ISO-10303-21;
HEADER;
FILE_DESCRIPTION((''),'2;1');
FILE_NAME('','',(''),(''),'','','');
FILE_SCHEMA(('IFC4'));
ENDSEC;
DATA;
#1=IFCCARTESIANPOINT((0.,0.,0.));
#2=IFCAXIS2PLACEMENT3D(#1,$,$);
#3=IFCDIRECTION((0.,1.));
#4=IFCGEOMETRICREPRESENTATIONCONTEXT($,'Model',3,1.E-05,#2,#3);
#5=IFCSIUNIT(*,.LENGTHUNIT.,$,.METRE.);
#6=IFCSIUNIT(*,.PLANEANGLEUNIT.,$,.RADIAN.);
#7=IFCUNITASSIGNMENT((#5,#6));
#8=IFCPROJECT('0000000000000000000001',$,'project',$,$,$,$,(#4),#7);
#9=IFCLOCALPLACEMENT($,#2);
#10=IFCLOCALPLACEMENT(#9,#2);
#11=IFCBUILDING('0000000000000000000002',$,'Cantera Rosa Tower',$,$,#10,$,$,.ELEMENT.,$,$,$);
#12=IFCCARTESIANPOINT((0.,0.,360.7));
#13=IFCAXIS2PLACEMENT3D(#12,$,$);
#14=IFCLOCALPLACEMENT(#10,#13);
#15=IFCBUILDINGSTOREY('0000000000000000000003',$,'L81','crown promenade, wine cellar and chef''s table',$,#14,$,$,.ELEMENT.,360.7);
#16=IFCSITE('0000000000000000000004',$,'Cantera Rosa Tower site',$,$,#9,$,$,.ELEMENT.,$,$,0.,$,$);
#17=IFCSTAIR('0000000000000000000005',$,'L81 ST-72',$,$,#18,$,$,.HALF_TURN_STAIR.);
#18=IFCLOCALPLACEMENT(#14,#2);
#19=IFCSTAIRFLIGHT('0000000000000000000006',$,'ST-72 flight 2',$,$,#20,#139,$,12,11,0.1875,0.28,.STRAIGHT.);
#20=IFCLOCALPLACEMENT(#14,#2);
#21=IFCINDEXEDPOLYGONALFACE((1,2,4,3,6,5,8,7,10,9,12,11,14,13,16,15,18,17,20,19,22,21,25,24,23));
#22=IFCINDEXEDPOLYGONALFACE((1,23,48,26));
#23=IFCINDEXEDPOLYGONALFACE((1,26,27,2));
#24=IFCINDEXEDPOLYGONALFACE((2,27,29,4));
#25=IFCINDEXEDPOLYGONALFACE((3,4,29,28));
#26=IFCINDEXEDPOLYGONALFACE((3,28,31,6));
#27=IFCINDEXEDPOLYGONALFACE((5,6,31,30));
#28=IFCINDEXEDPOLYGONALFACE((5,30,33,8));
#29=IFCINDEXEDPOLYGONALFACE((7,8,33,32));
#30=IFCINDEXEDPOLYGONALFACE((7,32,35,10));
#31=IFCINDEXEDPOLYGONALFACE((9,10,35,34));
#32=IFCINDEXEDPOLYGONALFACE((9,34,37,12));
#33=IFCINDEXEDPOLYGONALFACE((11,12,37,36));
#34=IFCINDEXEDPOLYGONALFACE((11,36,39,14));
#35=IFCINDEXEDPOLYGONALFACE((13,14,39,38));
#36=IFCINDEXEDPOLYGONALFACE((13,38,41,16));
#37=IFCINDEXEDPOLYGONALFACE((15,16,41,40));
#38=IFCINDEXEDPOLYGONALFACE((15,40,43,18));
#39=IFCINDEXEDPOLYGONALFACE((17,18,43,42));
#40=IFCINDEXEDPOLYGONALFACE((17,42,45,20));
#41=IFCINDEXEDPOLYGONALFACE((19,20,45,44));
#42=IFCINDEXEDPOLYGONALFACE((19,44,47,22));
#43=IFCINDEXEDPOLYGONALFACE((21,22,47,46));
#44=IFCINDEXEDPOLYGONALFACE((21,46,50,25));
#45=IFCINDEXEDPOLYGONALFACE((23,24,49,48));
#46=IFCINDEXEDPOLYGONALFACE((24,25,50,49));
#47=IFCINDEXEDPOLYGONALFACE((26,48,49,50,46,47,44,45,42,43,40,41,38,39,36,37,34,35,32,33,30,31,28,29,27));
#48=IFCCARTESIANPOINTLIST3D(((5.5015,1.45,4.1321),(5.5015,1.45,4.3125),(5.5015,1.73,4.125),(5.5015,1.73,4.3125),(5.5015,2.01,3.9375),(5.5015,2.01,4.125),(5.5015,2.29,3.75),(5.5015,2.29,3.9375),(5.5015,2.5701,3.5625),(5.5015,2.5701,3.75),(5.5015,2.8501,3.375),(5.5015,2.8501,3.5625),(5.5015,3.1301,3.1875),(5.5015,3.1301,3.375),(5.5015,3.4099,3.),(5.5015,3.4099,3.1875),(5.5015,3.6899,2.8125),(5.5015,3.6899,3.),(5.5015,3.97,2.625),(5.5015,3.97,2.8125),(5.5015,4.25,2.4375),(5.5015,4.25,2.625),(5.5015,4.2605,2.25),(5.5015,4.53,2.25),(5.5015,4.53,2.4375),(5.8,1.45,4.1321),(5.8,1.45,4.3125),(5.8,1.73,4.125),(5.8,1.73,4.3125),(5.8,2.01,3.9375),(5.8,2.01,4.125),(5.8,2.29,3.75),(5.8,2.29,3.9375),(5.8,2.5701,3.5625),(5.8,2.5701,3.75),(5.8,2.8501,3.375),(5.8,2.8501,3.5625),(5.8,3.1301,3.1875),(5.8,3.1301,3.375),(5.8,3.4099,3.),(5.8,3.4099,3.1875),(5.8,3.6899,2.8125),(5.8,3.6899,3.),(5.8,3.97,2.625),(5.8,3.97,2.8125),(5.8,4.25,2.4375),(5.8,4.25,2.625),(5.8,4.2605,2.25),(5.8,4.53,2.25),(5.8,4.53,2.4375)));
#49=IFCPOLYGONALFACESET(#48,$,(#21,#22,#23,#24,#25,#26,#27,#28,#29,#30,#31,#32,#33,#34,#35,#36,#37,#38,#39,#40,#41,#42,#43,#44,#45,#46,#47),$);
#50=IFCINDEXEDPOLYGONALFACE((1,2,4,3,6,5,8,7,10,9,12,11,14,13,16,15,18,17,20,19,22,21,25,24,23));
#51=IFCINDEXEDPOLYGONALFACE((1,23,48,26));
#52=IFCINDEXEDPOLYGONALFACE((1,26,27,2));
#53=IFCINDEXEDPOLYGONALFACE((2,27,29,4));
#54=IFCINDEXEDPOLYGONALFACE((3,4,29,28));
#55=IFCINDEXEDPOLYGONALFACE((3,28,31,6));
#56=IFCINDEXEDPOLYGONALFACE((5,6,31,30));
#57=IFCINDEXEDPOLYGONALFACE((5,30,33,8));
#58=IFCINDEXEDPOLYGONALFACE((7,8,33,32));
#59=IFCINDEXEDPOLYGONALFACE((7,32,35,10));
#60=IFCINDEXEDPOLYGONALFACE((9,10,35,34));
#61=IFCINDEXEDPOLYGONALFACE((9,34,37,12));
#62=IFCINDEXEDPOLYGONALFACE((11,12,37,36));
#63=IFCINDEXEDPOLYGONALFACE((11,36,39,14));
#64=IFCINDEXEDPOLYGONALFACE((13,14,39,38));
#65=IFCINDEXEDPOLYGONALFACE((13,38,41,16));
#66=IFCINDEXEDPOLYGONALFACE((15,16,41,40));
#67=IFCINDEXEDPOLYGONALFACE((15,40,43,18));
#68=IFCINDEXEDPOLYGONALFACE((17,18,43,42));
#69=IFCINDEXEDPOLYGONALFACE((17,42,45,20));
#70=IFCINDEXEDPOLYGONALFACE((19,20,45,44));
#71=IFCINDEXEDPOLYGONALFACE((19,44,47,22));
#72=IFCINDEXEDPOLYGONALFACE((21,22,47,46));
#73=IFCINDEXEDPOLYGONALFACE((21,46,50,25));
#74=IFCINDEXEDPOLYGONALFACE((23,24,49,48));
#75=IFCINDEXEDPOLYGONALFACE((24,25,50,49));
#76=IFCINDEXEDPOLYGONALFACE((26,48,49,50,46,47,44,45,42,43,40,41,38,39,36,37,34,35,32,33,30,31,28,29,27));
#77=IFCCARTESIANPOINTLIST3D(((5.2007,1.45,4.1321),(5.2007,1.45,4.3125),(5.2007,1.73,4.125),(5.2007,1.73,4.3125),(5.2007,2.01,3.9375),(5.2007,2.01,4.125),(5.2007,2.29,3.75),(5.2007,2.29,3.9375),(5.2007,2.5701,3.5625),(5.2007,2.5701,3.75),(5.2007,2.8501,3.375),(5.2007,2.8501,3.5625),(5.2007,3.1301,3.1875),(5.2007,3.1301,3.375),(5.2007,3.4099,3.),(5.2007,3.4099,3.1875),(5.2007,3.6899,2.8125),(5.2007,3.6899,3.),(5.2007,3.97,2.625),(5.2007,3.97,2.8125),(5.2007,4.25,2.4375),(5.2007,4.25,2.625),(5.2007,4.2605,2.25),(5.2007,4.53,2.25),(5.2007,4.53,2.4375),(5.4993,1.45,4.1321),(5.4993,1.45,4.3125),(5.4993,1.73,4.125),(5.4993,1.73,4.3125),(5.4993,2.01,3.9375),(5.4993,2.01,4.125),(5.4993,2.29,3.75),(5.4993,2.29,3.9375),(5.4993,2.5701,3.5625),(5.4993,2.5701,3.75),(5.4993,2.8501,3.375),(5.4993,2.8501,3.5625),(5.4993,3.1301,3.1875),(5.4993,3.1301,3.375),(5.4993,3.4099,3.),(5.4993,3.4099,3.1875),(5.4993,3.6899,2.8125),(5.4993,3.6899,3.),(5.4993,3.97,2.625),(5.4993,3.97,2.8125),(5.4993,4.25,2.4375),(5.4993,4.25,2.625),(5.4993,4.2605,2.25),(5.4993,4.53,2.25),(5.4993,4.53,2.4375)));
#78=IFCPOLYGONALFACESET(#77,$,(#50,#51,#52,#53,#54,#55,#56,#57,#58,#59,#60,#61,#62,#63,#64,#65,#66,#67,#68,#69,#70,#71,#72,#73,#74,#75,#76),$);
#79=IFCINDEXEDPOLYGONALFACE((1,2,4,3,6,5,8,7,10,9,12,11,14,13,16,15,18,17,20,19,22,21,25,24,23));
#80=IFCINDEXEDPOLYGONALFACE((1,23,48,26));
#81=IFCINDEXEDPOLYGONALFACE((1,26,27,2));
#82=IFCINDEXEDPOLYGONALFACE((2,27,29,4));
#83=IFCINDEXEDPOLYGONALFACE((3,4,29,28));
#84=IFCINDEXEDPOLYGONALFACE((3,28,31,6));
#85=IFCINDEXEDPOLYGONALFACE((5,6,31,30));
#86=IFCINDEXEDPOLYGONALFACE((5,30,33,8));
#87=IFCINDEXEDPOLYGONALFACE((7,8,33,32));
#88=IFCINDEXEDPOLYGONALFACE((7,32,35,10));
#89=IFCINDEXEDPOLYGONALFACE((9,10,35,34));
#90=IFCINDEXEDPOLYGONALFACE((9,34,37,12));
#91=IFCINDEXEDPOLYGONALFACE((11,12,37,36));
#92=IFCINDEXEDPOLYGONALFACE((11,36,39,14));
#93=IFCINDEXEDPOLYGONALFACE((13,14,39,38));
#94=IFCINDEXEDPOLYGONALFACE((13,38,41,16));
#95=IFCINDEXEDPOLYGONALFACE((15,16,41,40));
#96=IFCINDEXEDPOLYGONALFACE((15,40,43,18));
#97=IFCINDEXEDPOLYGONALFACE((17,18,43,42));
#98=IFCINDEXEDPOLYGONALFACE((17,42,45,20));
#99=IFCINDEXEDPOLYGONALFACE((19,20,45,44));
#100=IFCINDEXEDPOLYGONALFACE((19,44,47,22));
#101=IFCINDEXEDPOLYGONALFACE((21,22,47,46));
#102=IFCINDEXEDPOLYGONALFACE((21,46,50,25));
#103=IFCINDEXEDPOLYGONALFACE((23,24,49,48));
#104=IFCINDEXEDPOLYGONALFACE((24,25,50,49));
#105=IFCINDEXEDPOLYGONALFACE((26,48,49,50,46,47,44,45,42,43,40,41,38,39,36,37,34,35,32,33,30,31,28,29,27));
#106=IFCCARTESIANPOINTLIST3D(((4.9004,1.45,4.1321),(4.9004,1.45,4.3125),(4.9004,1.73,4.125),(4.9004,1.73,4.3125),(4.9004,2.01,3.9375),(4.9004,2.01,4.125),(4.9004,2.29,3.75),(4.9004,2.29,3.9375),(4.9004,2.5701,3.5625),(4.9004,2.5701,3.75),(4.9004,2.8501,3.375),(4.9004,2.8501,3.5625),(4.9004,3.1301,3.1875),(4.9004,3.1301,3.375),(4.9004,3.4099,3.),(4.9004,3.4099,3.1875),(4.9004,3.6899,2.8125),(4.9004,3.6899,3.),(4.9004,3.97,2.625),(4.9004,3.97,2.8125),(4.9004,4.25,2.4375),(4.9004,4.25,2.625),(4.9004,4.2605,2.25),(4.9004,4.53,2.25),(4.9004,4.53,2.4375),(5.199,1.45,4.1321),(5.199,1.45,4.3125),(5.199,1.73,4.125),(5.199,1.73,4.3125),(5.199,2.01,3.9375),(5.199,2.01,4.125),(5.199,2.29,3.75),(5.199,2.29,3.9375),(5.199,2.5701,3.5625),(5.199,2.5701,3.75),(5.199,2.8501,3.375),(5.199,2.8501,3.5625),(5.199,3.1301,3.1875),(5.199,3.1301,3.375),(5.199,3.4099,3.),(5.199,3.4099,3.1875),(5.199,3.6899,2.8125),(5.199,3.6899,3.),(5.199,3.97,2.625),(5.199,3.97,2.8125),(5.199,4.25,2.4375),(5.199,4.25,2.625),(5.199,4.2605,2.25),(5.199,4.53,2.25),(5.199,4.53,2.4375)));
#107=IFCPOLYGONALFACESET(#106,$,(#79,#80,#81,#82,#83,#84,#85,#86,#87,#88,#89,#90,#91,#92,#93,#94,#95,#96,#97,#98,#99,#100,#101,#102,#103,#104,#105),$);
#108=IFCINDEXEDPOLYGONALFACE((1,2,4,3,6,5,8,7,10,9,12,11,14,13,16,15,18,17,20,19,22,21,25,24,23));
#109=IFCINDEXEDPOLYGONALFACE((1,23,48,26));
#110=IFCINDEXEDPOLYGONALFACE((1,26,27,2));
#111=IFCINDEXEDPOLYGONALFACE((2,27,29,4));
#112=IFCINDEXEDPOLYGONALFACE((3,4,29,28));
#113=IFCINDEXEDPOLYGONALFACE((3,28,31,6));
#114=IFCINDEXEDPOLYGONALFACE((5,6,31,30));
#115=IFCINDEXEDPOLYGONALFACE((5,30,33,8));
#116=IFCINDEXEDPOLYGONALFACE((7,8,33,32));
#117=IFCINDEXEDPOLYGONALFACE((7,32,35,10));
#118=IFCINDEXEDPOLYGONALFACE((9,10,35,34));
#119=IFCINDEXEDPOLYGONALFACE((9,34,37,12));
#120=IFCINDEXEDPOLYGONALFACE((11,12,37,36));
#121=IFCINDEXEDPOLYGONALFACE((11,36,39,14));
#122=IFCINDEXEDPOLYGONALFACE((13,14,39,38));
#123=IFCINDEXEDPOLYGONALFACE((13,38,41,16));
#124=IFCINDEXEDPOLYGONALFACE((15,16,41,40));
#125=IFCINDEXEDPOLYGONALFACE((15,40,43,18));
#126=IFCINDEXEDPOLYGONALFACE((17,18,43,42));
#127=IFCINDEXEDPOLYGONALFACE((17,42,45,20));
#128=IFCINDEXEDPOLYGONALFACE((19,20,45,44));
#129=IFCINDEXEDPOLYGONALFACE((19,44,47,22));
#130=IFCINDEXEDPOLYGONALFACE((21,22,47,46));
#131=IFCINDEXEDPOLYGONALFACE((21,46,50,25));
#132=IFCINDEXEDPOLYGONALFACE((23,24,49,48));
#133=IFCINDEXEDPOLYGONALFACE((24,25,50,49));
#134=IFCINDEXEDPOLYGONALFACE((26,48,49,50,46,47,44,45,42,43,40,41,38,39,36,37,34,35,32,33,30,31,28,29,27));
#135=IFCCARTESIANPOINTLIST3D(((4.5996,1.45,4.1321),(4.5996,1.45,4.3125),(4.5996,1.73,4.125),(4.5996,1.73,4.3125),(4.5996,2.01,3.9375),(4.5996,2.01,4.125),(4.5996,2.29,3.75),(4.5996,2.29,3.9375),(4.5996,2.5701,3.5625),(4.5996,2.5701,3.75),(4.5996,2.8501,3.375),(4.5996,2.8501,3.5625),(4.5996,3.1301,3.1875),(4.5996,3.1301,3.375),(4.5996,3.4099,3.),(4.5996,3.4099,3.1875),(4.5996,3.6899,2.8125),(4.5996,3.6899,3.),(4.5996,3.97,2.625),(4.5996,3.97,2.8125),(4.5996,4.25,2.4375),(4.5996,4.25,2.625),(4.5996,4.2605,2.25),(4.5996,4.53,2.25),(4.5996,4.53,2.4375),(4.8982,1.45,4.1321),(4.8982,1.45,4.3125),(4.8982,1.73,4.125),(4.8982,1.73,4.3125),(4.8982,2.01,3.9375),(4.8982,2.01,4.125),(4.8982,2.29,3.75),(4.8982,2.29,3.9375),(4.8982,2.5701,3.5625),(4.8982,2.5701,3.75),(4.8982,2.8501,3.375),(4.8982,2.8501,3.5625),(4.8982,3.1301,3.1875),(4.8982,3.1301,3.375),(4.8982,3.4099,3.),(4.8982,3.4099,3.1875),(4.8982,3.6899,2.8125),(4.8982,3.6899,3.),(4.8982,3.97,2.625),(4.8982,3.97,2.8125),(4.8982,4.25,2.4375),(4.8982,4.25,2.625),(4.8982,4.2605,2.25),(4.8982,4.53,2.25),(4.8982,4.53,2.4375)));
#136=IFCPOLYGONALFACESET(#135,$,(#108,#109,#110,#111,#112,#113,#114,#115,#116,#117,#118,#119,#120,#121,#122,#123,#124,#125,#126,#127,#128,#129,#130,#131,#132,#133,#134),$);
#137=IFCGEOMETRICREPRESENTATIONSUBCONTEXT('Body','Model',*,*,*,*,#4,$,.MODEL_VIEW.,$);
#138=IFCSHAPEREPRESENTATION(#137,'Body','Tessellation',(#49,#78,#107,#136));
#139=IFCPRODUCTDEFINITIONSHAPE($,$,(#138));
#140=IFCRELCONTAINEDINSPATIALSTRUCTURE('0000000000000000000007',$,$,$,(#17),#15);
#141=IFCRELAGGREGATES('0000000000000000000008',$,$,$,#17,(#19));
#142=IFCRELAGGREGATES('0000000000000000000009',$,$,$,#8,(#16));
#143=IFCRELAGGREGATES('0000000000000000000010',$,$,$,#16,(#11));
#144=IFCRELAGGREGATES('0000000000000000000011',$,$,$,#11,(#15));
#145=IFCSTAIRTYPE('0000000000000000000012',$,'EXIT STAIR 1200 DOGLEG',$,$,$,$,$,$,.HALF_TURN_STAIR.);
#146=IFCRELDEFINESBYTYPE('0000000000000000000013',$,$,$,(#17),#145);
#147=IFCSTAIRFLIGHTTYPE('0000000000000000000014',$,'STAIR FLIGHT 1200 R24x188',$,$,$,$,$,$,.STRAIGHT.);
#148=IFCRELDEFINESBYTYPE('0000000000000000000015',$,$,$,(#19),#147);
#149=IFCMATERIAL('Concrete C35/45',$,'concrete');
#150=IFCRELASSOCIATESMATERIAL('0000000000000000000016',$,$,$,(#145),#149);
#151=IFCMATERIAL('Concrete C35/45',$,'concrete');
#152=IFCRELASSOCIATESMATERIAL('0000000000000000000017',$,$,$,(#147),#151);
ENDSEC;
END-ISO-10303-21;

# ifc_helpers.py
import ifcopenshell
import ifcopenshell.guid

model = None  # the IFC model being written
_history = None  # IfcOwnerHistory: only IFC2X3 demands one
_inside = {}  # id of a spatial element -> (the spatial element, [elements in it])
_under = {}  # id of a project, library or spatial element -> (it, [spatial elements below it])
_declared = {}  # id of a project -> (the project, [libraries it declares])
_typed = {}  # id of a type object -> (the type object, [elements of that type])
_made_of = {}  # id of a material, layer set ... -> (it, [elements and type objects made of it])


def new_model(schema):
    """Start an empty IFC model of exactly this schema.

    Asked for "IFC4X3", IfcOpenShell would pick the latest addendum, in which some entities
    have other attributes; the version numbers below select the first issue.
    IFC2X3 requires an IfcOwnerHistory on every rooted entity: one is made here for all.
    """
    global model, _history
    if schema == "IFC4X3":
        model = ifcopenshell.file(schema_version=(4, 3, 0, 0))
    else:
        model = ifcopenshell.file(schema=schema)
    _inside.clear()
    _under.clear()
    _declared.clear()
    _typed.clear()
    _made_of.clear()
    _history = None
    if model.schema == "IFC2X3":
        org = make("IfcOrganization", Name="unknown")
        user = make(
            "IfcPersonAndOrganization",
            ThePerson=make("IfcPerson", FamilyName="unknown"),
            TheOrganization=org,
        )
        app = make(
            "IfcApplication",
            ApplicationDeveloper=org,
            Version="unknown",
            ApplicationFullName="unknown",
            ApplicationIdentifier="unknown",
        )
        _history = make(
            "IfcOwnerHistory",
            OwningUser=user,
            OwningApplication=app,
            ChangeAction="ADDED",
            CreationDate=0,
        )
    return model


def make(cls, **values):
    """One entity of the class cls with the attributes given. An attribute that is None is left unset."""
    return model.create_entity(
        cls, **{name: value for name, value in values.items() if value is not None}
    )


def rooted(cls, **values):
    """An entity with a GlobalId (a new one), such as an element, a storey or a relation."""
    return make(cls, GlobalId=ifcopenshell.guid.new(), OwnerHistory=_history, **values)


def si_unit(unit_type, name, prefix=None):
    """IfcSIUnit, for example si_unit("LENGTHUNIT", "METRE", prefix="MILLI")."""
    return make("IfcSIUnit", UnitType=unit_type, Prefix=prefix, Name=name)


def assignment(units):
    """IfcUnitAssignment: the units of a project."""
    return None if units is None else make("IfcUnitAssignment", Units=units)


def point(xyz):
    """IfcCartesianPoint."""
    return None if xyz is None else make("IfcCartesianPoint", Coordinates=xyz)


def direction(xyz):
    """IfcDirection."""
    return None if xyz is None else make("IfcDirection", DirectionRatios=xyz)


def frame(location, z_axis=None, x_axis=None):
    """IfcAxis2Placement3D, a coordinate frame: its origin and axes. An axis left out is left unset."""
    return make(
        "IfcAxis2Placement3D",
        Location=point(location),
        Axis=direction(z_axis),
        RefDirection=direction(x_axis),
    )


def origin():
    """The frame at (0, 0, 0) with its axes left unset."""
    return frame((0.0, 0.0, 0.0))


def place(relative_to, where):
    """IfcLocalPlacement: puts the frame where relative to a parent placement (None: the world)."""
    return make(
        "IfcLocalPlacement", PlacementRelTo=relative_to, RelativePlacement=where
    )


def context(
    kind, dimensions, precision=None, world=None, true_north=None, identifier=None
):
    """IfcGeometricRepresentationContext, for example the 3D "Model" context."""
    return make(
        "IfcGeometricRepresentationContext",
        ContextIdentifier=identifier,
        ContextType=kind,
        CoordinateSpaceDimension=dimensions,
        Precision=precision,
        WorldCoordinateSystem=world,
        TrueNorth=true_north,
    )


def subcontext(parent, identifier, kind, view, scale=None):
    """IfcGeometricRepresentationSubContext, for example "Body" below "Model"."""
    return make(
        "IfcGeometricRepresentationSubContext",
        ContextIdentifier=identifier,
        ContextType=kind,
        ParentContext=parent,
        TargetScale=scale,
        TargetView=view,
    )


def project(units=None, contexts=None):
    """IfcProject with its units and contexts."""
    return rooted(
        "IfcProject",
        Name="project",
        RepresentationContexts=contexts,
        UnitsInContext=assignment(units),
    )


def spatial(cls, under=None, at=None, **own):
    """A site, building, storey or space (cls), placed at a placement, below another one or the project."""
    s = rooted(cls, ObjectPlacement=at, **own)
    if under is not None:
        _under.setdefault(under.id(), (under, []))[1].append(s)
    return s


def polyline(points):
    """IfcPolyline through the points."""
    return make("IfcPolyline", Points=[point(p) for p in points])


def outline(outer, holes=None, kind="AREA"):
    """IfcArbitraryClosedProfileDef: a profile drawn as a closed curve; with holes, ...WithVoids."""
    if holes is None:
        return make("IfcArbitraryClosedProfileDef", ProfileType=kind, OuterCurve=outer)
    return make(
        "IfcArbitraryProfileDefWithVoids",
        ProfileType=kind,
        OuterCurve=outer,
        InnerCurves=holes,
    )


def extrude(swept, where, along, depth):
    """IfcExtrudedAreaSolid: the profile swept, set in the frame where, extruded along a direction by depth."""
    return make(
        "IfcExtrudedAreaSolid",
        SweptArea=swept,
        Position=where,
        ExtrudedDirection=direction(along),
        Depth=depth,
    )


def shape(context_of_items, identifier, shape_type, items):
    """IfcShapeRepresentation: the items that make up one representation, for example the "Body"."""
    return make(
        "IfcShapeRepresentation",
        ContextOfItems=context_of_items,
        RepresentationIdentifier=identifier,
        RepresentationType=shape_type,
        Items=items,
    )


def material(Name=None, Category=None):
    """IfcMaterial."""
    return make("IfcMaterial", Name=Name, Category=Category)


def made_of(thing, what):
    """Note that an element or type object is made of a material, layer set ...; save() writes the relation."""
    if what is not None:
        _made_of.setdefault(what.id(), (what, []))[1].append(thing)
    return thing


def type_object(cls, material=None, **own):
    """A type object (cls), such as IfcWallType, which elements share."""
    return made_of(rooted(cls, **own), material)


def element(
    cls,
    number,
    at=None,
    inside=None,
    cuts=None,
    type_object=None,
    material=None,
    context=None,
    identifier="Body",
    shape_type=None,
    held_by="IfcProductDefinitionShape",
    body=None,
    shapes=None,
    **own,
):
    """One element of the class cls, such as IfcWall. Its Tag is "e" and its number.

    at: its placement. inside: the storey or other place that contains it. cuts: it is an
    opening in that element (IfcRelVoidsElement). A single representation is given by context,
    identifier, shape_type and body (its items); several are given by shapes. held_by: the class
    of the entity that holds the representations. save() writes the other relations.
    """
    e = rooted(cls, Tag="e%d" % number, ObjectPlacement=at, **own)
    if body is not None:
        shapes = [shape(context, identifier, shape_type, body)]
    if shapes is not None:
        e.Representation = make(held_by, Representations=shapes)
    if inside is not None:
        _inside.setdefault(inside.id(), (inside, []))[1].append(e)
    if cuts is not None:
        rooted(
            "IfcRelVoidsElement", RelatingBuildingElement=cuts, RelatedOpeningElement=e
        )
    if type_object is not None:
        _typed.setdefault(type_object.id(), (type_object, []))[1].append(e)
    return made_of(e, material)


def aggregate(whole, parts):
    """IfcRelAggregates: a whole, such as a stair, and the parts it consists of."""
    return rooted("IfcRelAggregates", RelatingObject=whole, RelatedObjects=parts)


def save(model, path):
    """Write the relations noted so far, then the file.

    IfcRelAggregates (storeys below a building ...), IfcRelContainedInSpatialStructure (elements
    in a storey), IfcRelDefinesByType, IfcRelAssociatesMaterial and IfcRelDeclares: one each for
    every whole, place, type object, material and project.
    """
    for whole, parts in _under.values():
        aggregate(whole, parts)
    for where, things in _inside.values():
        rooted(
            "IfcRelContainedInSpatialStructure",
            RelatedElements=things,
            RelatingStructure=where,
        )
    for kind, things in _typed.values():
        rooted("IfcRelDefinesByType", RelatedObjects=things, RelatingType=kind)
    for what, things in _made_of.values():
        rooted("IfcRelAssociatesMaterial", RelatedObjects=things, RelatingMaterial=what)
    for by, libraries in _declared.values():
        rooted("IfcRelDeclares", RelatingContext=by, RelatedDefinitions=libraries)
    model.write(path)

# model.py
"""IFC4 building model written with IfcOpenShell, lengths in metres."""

from ifc_helpers import new_model, si_unit, direction, frame, origin, place, context, subcontext, project, spatial, polyline, outline, extrude, material, type_object, element, aggregate, save


model = new_model("IFC4")

# Units and contexts
model_context = context("Model", 3, precision=1e-05, world=origin(), true_north=direction((0.0, 1.0)))
body_context = subcontext(model_context, "Body", "Model", "MODEL_VIEW")
ifc_project = project(units=[si_unit("LENGTHUNIT", "METRE"), si_unit("PLANEANGLEUNIT", "RADIAN")], contexts=[model_context])

# Site, building, storey
site_placement = place(None, origin())
site = spatial("IfcSite", under=ifc_project, at=site_placement, Name="Cantera Rosa Tower site", CompositionType="ELEMENT", RefElevation=0.0)
building_placement = place(site_placement, origin())
building = spatial("IfcBuilding", under=site, at=building_placement, Name="Cantera Rosa Tower", CompositionType="ELEMENT")
storey_placement = place(building_placement, frame((0.0, 0.0, 360.7)))
storey = spatial("IfcBuildingStorey", under=building, at=storey_placement, Name="L81", Description="crown promenade, wine cellar and chef's table", CompositionType="ELEMENT", Elevation=360.7)

# Stair, stair flight
ifc_material_1 = material(Name="Concrete C35/45", Category="concrete")
stair_type = type_object("IfcStairType", Name="EXIT STAIR 1200 DOGLEG", PredefinedType="HALF_TURN_STAIR", material=ifc_material_1)
stair_placement = place(storey_placement, origin())
stair = element("IfcStair", 1, at=stair_placement, inside=storey, type_object=stair_type, Name="L81 ST-72", PredefinedType="HALF_TURN_STAIR")
ifc_material_2 = material(Name="Concrete C35/45", Category="concrete")
stair_flight_type = type_object("IfcStairFlightType", Name="STAIR FLIGHT 1200 R24x188", PredefinedType="STRAIGHT", material=ifc_material_2)
stair_flight_1_placement = place(storey_placement, frame((5.2, 4.53, 2.25), z_axis=(0.0, 0.0, 1.0), x_axis=(0.0, -1.0, 0.0)))
stair_flight_1 = element("IfcStairFlight", 2, at=stair_flight_1_placement, type_object=stair_flight_type, Name="ST-72 flight 2", NumberOfRisers=12, NumberOfTreads=11, PredefinedType="STRAIGHT", RiserHeight=0.1875, TreadLength=0.28, context=body_context, shape_type="SweptSolid", body=[
    extrude(outline(polyline([(0.0, 0.0), (0.0, 0.1875), (0.28, 0.1875), (0.28, 0.375), (0.5601, 0.375), (0.5601, 0.5625), (0.8401, 0.5625), (0.8401, 0.75), (1.1201, 0.75), (1.1201, 0.9375), (1.3999, 0.9375), (1.3999, 1.125), (1.6799, 1.125), (1.6799, 1.3125), (1.96, 1.3125), (1.96, 1.5), (2.24, 1.5), (2.24, 1.6875), (2.52, 1.6875), (2.52, 1.875), (2.8, 1.875), (2.8, 2.0625), (3.0801, 2.0625), (3.0801, 2.25), (3.0801, 1.8821), (0.2695, 0.0), (0.0, 0.0)])), frame((0.0, 0.6001, 0.0), z_axis=(0.0, -1.0, 0.0), x_axis=(1.0, 0.0, 0.0)), (0.0, 0.0, 1.0), 0.2986),
    extrude(outline(polyline([(0.0, 0.0), (0.0, 0.1875), (0.28, 0.1875), (0.28, 0.375), (0.5601, 0.375), (0.5601, 0.5625), (0.8401, 0.5625), (0.8401, 0.75), (1.1201, 0.75), (1.1201, 0.9375), (1.3999, 0.9375), (1.3999, 1.125), (1.6799, 1.125), (1.6799, 1.3125), (1.96, 1.3125), (1.96, 1.5), (2.24, 1.5), (2.24, 1.6875), (2.52, 1.6875), (2.52, 1.875), (2.8, 1.875), (2.8, 2.0625), (3.0801, 2.0625), (3.0801, 2.25), (3.0801, 1.8821), (0.2695, 0.0), (0.0, 0.0)])), frame((0.0, 0.2993, 0.0), z_axis=(0.0, -1.0, 0.0), x_axis=(1.0, 0.0, 0.0)), (0.0, 0.0, 1.0), 0.2986),
    extrude(outline(polyline([(0.0, 0.0), (0.0, 0.1875), (0.28, 0.1875), (0.28, 0.375), (0.5601, 0.375), (0.5601, 0.5625), (0.8401, 0.5625), (0.8401, 0.75), (1.1201, 0.75), (1.1201, 0.9375), (1.3999, 0.9375), (1.3999, 1.125), (1.6799, 1.125), (1.6799, 1.3125), (1.96, 1.3125), (1.96, 1.5), (2.24, 1.5), (2.24, 1.6875), (2.52, 1.6875), (2.52, 1.875), (2.8, 1.875), (2.8, 2.0625), (3.0801, 2.0625), (3.0801, 2.25), (3.0801, 1.8821), (0.2695, 0.0), (0.0, 0.0)])), frame((0.0, -0.001, 0.0), z_axis=(0.0, -1.0, 0.0), x_axis=(1.0, 0.0, 0.0)), (0.0, 0.0, 1.0), 0.2986),
    extrude(outline(polyline([(0.0, 0.0), (0.0, 0.1875), (0.28, 0.1875), (0.28, 0.375), (0.5601, 0.375), (0.5601, 0.5625), (0.8401, 0.5625), (0.8401, 0.75), (1.1201, 0.75), (1.1201, 0.9375), (1.3999, 0.9375), (1.3999, 1.125), (1.6799, 1.125), (1.6799, 1.3125), (1.96, 1.3125), (1.96, 1.5), (2.24, 1.5), (2.24, 1.6875), (2.52, 1.6875), (2.52, 1.875), (2.8, 1.875), (2.8, 2.0625), (3.0801, 2.0625), (3.0801, 2.25), (3.0801, 1.8821), (0.2695, 0.0), (0.0, 0.0)])), frame((0.0, -0.3018, 0.0), z_axis=(0.0, -1.0, 0.0), x_axis=(1.0, 0.0, 0.0)), (0.0, 0.0, 1.0), 0.2986),
])
aggregate(stair, [stair_flight_1])

save(model, "model.ifc")
